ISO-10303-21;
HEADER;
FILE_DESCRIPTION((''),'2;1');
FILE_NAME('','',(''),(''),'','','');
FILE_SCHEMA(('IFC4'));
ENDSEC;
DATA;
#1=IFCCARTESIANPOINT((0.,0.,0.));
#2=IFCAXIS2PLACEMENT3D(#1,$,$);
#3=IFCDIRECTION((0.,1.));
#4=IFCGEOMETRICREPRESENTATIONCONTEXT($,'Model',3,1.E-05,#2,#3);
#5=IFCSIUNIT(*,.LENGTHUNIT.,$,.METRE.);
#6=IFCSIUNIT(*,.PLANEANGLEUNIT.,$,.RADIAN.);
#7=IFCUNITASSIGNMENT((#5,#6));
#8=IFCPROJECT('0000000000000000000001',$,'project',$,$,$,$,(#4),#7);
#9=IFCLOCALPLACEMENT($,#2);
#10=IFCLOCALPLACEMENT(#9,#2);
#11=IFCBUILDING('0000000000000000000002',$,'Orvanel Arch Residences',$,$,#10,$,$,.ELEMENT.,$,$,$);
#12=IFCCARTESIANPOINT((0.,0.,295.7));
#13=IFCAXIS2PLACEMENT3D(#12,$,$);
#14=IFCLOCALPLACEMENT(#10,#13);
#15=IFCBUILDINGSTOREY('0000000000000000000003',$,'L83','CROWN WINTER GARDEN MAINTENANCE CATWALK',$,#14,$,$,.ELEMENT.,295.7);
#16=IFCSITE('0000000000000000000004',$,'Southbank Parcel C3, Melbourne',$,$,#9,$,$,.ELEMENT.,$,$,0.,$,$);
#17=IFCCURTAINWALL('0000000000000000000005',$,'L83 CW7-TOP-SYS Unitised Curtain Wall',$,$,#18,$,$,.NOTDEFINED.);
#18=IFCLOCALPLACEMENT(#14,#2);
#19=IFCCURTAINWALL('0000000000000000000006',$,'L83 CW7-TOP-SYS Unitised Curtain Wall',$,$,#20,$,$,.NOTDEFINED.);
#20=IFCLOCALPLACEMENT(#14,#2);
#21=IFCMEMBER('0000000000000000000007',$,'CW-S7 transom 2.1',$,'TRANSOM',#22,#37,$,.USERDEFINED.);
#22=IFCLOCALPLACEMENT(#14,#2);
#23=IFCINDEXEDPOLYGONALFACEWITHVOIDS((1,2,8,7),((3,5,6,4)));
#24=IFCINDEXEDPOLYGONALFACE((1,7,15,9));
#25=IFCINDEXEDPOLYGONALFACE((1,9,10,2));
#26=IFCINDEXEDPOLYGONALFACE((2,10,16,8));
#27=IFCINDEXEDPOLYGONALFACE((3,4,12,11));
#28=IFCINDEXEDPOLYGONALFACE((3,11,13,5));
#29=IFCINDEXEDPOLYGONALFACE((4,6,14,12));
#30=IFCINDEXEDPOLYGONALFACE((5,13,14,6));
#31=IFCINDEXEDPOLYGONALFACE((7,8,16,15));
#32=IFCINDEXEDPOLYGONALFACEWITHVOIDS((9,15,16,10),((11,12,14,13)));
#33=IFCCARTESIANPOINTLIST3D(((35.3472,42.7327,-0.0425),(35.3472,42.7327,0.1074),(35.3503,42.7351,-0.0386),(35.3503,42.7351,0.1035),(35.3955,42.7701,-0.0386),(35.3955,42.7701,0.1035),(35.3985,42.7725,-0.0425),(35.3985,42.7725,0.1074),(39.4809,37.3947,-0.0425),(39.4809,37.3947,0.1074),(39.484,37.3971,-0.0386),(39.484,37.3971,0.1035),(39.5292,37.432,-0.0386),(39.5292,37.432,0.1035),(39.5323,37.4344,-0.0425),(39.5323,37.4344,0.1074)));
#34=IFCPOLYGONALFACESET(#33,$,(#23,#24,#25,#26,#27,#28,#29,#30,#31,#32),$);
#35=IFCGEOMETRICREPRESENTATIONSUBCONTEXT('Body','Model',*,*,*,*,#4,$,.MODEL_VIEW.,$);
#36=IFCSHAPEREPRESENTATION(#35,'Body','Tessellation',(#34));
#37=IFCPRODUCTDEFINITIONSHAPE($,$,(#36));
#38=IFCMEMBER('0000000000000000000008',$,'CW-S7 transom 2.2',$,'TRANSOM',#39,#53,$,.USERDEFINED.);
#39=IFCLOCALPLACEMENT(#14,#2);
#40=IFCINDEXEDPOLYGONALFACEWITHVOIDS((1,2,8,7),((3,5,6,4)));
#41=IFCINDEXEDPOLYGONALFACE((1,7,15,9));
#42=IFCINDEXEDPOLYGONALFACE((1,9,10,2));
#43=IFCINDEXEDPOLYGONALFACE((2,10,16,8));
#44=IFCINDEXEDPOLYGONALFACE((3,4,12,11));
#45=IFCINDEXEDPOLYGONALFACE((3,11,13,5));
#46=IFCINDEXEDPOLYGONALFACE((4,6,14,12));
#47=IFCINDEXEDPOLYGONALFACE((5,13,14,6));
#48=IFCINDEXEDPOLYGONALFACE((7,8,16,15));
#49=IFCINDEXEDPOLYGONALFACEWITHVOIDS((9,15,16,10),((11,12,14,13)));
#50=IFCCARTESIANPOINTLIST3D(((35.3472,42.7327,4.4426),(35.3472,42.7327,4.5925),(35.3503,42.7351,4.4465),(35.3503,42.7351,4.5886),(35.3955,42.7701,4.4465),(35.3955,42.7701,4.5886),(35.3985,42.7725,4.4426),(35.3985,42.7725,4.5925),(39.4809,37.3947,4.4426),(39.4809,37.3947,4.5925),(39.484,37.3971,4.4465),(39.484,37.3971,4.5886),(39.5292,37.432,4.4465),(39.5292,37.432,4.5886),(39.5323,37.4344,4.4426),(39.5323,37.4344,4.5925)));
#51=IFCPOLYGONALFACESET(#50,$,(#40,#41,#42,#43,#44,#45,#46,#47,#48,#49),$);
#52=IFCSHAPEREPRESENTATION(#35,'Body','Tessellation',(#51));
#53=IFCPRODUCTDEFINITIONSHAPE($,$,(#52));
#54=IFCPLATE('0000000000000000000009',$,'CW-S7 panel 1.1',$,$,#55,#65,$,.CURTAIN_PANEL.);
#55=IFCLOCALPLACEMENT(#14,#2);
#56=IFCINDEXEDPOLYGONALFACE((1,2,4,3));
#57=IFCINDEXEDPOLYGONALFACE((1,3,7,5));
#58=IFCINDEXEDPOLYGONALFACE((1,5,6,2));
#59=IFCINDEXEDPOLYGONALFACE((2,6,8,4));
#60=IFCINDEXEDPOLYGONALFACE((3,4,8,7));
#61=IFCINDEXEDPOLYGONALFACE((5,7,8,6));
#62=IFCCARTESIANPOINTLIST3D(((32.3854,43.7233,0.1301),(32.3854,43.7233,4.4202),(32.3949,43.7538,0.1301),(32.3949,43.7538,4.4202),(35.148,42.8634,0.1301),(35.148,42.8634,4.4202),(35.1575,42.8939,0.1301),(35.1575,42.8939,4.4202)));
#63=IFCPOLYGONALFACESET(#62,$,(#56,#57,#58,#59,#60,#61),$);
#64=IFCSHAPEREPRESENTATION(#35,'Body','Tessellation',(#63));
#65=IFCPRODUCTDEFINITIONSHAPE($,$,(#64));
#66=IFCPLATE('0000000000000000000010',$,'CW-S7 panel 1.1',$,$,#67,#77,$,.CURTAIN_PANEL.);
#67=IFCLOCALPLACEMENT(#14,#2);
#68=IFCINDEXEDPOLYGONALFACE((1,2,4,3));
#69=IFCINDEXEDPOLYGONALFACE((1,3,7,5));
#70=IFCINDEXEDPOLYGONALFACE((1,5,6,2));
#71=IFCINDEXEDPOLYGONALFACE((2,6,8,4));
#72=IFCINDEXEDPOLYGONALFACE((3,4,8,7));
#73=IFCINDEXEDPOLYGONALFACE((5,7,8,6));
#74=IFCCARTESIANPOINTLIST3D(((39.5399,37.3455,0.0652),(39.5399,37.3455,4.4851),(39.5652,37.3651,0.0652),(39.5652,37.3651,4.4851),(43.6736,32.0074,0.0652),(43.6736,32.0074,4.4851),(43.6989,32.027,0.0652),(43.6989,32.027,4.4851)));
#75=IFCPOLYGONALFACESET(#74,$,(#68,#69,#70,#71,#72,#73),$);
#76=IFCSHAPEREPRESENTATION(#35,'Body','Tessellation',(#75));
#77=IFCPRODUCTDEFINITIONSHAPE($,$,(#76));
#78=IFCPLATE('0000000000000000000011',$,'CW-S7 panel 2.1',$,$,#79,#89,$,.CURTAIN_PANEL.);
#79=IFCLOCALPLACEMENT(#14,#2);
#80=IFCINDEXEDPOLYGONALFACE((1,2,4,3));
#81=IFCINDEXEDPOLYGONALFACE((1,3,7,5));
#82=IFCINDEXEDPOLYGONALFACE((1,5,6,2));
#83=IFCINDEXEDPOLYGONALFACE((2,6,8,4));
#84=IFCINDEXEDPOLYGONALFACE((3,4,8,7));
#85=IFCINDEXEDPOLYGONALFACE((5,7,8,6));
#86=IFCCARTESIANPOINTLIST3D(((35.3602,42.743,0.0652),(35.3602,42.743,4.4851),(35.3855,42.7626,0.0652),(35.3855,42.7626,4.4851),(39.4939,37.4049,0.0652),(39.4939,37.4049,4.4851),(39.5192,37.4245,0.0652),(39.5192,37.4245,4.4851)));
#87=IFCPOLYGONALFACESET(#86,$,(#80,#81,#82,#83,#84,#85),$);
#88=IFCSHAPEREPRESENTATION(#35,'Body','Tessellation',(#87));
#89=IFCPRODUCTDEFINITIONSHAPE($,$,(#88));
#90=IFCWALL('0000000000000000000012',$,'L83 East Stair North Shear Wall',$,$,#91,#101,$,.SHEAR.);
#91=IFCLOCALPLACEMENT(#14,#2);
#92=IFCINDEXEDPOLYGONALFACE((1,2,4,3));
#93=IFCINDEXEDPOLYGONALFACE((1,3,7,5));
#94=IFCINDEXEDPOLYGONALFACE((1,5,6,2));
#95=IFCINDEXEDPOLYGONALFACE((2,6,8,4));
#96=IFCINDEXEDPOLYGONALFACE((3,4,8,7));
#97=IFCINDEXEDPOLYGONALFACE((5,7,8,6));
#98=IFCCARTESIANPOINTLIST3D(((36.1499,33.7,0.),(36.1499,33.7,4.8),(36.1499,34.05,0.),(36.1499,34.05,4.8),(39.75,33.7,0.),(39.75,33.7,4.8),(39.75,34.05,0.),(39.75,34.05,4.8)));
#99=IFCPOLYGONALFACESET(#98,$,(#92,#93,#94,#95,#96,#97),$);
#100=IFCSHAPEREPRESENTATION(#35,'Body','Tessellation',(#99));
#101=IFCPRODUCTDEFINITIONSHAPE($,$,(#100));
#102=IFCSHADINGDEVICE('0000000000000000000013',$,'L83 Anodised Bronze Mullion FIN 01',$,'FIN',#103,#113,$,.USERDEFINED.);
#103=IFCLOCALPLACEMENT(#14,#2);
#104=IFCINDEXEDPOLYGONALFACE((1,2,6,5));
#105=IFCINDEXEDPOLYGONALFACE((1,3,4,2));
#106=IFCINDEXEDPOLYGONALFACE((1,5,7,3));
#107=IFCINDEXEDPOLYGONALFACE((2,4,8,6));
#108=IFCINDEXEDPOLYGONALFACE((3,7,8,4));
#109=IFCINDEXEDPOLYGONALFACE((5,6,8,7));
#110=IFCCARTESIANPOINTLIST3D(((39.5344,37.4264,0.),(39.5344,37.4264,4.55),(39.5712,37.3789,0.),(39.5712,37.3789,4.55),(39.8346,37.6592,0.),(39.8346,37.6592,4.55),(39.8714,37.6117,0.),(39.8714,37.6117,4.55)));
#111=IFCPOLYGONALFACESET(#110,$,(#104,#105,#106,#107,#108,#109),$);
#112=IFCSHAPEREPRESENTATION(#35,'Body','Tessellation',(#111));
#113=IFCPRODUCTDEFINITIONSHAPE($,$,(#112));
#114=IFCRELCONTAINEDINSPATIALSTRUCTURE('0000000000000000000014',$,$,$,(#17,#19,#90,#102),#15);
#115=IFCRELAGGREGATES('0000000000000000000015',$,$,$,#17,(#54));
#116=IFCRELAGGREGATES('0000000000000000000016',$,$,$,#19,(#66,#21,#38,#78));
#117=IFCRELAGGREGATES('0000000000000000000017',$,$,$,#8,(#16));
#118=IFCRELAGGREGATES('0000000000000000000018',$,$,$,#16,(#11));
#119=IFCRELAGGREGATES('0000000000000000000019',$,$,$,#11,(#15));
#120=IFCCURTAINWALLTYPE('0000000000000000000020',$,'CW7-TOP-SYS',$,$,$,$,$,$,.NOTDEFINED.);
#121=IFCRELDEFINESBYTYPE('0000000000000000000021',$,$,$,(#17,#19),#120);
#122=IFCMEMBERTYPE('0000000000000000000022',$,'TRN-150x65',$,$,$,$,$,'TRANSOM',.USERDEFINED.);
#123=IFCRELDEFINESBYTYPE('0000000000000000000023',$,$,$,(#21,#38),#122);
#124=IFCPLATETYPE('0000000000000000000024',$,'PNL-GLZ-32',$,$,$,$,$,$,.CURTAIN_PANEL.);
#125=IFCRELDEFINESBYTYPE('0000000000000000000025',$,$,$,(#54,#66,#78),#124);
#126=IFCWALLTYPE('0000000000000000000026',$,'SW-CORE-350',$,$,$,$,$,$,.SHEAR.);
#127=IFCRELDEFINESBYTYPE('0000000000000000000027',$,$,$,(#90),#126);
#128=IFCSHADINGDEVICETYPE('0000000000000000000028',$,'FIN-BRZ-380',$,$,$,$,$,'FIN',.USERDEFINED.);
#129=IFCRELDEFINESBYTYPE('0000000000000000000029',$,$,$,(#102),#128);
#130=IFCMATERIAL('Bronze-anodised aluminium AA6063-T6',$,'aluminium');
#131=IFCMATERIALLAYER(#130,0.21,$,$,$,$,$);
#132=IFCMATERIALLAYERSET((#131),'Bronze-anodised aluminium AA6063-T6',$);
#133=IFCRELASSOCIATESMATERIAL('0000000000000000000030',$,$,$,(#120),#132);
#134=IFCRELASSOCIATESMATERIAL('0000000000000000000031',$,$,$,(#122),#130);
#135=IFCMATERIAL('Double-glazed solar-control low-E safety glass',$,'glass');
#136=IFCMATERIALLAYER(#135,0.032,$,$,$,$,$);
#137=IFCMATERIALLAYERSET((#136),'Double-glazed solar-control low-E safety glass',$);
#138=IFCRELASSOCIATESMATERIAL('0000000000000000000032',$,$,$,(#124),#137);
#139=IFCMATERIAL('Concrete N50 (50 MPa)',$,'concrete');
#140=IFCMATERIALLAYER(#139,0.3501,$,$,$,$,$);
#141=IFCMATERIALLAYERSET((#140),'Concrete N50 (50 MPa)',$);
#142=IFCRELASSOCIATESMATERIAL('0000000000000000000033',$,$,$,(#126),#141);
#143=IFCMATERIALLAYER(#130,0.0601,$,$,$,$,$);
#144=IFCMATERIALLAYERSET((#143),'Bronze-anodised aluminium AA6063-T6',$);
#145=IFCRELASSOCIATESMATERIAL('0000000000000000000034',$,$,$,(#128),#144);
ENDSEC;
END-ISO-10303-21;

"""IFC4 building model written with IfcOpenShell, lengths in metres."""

from ifc_helpers import new_model, si_unit, direction, frame, frame_2d, origin, origin_2d, place, context, subcontext, project, spatial, rectangle, hollow_rectangle, extrude, material, layer, layer_set, material_profile, profile_set, type_object, element, aggregate, save


model = new_model("IFC4")

# Units and contexts
model_context = context("Model", 3, precision=1e-05, world=origin(), true_north=direction((0.0, 1.0)))
body_context = subcontext(model_context, "Body", "Model", "MODEL_VIEW")
ifc_project = project(units=[si_unit("LENGTHUNIT", "METRE"), si_unit("PLANEANGLEUNIT", "RADIAN")], contexts=[model_context])

# Site, building, storey
site_placement = place(None, origin())
site = spatial("IfcSite", under=ifc_project, at=site_placement, Name="Southbank Parcel C3, Melbourne", CompositionType="ELEMENT", RefElevation=0.0)
building_placement = place(site_placement, origin())
building = spatial("IfcBuilding", under=site, at=building_placement, Name="Orvanel Arch Residences", CompositionType="ELEMENT")
storey_placement = place(building_placement, frame((0.0, 0.0, 295.7)))
storey = spatial("IfcBuildingStorey", under=building, at=storey_placement, Name="L83", Description="CROWN WINTER GARDEN MAINTENANCE CATWALK", CompositionType="ELEMENT", Elevation=295.7)

# Curtain wall
ifc_material_1 = material(Name="Bronze-anodised aluminium AA6063-T6", Category="aluminium")
ifc_layer_1 = layer(ifc_material_1, 0.21)
ifc_layer_set_1 = layer_set([ifc_layer_1], Name="Bronze-anodised aluminium AA6063-T6")
curtain_wall_type = type_object("IfcCurtainWallType", Name="CW7-TOP-SYS", PredefinedType="NOTDEFINED", material=ifc_layer_set_1)
curtain_wall_1_placement = place(storey_placement, origin())
curtain_wall_1 = element("IfcCurtainWall", 1, at=curtain_wall_1_placement, inside=storey, type_object=curtain_wall_type, Name="L83 CW7-TOP-SYS Unitised Curtain Wall", PredefinedType="NOTDEFINED")

# Curtain wall
curtain_wall_2_placement = place(storey_placement, origin())
curtain_wall_2 = element("IfcCurtainWall", 2, at=curtain_wall_2_placement, inside=storey, type_object=curtain_wall_type, Name="L83 CW7-TOP-SYS Unitised Curtain Wall", PredefinedType="NOTDEFINED")

# Members
ifc_material_profile_1 = material_profile(ifc_material_1, hollow_rectangle(XDim=0.0649, YDim=0.1499, WallThickness=0.0039, at=origin_2d()), Name="ALU150x65x4")
ifc_profile_set_1 = profile_set([ifc_material_profile_1], Name="Bronze-anodised aluminium AA6063-T6")
member_type_1 = type_object("IfcMemberType", Name="TRN-150x65", ElementType="TRANSOM", PredefinedType="USERDEFINED", material=ifc_profile_set_1)
member_1_placement = place(storey_placement, frame((39.5066, 37.4146, 0.0325), z_axis=(-0.612269, 0.790649, 0.0), x_axis=(-0.790649, -0.612269, 0.0)))
member_1 = element("IfcMember", 3, at=member_1_placement, type_object=member_type_1, Name="CW-S7 transom 2.1", ObjectType="TRANSOM", PredefinedType="USERDEFINED", context=body_context, shape_type="SweptSolid", body=[
    extrude(hollow_rectangle(XDim=0.0649, YDim=0.1499, WallThickness=0.0039, at=origin_2d()), origin(), (0.0, 0.0, 1.0), 6.7515),
])
member_2_placement = place(storey_placement, frame((39.5066, 37.4146, 4.5176), z_axis=(-0.612269, 0.790649, 0.0), x_axis=(-0.790649, -0.612269, 0.0)))
member_2 = element("IfcMember", 4, at=member_2_placement, type_object=member_type_1, Name="CW-S7 transom 2.2", ObjectType="TRANSOM", PredefinedType="USERDEFINED", context=body_context, shape_type="SweptSolid", body=[
    extrude(hollow_rectangle(XDim=0.0649, YDim=0.1499, WallThickness=0.0039, at=origin_2d()), origin(), (0.0, 0.0, 1.0), 6.7515),
])

# Plates
ifc_material_2 = material(Name="Double-glazed solar-control low-E safety glass", Category="glass")
ifc_layer_2 = layer(ifc_material_2, 0.032)
ifc_layer_set_2 = layer_set([ifc_layer_2], Name="Double-glazed solar-control low-E safety glass")
plate_type = type_object("IfcPlateType", Name="PNL-GLZ-32", PredefinedType="CURTAIN_PANEL", material=ifc_layer_set_2)
plate_1_placement = place(storey_placement, frame((33.7715, 43.3086, 0.1301), z_axis=(0.0, 0.0, 1.0), x_axis=(-0.954819, 0.297187, 0.0)))
plate_1 = element("IfcPlate", 5, at=plate_1_placement, type_object=plate_type, Name="CW-S7 panel 1.1", PredefinedType="CURTAIN_PANEL", context=body_context, shape_type="SweptSolid", body=[
    extrude(rectangle(XDim=2.8933, YDim=0.032, at=origin_2d()), origin(), (0.0, 0.0, 1.0), 4.29),
])
aggregate(curtain_wall_1, [plate_1])
plate_2_placement = place(storey_placement, frame((41.6194, 34.6863, 0.0652), z_axis=(0.0, 0.0, 1.0), x_axis=(-0.61226, 0.790657, 0.0)))
plate_2 = element("IfcPlate", 6, at=plate_2_placement, type_object=plate_type, Name="CW-S7 panel 1.1", PredefinedType="CURTAIN_PANEL", context=body_context, shape_type="SweptSolid", body=[
    extrude(rectangle(XDim=6.7515, YDim=0.032, at=origin_2d()), origin(), (0.0, 0.0, 1.0), 4.4199),
])
plate_3_placement = place(storey_placement, frame((37.4397, 40.0837, 0.0652), z_axis=(0.0, 0.0, 1.0), x_axis=(-0.61226, 0.790657, 0.0)))
plate_3 = element("IfcPlate", 7, at=plate_3_placement, type_object=plate_type, Name="CW-S7 panel 2.1", PredefinedType="CURTAIN_PANEL", context=body_context, shape_type="SweptSolid", body=[
    extrude(rectangle(XDim=6.7515, YDim=0.032, at=origin_2d()), origin(), (0.0, 0.0, 1.0), 4.4199),
])
aggregate(curtain_wall_2, [plate_2, member_1, member_2, plate_3])

# Wall
ifc_material_3 = material(Name="Concrete N50 (50 MPa)", Category="concrete")
ifc_layer_3 = layer(ifc_material_3, 0.3501)
ifc_layer_set_3 = layer_set([ifc_layer_3], Name="Concrete N50 (50 MPa)")
wall_type = type_object("IfcWallType", Name="SW-CORE-350", PredefinedType="SHEAR", material=ifc_layer_set_3)
wall_placement = place(storey_placement, frame((36.1499, 33.875, 0.0), z_axis=(0.0, 0.0, 1.0), x_axis=(1.0, 0.0, 0.0)))
element("IfcWall", 8, at=wall_placement, inside=storey, type_object=wall_type, Name="L83 East Stair North Shear Wall", PredefinedType="SHEAR", context=body_context, shape_type="SweptSolid", body=[
    extrude(rectangle(XDim=3.6001, YDim=0.3501, at=frame_2d((1.8, 0.0))), origin(), (0.0, 0.0, 1.0), 4.8),
])

# Shading device
ifc_layer_4 = layer(ifc_material_1, 0.0601)
ifc_layer_set_4 = layer_set([ifc_layer_4], Name="Bronze-anodised aluminium AA6063-T6")
shading_device_type = type_object("IfcShadingDeviceType", Name="FIN-BRZ-380", ElementType="FIN", PredefinedType="USERDEFINED", material=ifc_layer_set_4)
shading_device_placement = place(storey_placement, frame((39.7029, 37.519, 0.0), z_axis=(0.0, 0.0, 1.0), x_axis=(0.790155, 0.612907, 0.0)))
element("IfcShadingDevice", 9, at=shading_device_placement, inside=storey, type_object=shading_device_type, Name="L83 Anodised Bronze Mullion FIN 01", ObjectType="FIN", PredefinedType="USERDEFINED", context=body_context, shape_type="SweptSolid", body=[
    extrude(rectangle(XDim=0.3799, YDim=0.0601, at=origin_2d()), origin(), (0.0, 0.0, 1.0), 4.55),
])

save(model, "model.ifc")
